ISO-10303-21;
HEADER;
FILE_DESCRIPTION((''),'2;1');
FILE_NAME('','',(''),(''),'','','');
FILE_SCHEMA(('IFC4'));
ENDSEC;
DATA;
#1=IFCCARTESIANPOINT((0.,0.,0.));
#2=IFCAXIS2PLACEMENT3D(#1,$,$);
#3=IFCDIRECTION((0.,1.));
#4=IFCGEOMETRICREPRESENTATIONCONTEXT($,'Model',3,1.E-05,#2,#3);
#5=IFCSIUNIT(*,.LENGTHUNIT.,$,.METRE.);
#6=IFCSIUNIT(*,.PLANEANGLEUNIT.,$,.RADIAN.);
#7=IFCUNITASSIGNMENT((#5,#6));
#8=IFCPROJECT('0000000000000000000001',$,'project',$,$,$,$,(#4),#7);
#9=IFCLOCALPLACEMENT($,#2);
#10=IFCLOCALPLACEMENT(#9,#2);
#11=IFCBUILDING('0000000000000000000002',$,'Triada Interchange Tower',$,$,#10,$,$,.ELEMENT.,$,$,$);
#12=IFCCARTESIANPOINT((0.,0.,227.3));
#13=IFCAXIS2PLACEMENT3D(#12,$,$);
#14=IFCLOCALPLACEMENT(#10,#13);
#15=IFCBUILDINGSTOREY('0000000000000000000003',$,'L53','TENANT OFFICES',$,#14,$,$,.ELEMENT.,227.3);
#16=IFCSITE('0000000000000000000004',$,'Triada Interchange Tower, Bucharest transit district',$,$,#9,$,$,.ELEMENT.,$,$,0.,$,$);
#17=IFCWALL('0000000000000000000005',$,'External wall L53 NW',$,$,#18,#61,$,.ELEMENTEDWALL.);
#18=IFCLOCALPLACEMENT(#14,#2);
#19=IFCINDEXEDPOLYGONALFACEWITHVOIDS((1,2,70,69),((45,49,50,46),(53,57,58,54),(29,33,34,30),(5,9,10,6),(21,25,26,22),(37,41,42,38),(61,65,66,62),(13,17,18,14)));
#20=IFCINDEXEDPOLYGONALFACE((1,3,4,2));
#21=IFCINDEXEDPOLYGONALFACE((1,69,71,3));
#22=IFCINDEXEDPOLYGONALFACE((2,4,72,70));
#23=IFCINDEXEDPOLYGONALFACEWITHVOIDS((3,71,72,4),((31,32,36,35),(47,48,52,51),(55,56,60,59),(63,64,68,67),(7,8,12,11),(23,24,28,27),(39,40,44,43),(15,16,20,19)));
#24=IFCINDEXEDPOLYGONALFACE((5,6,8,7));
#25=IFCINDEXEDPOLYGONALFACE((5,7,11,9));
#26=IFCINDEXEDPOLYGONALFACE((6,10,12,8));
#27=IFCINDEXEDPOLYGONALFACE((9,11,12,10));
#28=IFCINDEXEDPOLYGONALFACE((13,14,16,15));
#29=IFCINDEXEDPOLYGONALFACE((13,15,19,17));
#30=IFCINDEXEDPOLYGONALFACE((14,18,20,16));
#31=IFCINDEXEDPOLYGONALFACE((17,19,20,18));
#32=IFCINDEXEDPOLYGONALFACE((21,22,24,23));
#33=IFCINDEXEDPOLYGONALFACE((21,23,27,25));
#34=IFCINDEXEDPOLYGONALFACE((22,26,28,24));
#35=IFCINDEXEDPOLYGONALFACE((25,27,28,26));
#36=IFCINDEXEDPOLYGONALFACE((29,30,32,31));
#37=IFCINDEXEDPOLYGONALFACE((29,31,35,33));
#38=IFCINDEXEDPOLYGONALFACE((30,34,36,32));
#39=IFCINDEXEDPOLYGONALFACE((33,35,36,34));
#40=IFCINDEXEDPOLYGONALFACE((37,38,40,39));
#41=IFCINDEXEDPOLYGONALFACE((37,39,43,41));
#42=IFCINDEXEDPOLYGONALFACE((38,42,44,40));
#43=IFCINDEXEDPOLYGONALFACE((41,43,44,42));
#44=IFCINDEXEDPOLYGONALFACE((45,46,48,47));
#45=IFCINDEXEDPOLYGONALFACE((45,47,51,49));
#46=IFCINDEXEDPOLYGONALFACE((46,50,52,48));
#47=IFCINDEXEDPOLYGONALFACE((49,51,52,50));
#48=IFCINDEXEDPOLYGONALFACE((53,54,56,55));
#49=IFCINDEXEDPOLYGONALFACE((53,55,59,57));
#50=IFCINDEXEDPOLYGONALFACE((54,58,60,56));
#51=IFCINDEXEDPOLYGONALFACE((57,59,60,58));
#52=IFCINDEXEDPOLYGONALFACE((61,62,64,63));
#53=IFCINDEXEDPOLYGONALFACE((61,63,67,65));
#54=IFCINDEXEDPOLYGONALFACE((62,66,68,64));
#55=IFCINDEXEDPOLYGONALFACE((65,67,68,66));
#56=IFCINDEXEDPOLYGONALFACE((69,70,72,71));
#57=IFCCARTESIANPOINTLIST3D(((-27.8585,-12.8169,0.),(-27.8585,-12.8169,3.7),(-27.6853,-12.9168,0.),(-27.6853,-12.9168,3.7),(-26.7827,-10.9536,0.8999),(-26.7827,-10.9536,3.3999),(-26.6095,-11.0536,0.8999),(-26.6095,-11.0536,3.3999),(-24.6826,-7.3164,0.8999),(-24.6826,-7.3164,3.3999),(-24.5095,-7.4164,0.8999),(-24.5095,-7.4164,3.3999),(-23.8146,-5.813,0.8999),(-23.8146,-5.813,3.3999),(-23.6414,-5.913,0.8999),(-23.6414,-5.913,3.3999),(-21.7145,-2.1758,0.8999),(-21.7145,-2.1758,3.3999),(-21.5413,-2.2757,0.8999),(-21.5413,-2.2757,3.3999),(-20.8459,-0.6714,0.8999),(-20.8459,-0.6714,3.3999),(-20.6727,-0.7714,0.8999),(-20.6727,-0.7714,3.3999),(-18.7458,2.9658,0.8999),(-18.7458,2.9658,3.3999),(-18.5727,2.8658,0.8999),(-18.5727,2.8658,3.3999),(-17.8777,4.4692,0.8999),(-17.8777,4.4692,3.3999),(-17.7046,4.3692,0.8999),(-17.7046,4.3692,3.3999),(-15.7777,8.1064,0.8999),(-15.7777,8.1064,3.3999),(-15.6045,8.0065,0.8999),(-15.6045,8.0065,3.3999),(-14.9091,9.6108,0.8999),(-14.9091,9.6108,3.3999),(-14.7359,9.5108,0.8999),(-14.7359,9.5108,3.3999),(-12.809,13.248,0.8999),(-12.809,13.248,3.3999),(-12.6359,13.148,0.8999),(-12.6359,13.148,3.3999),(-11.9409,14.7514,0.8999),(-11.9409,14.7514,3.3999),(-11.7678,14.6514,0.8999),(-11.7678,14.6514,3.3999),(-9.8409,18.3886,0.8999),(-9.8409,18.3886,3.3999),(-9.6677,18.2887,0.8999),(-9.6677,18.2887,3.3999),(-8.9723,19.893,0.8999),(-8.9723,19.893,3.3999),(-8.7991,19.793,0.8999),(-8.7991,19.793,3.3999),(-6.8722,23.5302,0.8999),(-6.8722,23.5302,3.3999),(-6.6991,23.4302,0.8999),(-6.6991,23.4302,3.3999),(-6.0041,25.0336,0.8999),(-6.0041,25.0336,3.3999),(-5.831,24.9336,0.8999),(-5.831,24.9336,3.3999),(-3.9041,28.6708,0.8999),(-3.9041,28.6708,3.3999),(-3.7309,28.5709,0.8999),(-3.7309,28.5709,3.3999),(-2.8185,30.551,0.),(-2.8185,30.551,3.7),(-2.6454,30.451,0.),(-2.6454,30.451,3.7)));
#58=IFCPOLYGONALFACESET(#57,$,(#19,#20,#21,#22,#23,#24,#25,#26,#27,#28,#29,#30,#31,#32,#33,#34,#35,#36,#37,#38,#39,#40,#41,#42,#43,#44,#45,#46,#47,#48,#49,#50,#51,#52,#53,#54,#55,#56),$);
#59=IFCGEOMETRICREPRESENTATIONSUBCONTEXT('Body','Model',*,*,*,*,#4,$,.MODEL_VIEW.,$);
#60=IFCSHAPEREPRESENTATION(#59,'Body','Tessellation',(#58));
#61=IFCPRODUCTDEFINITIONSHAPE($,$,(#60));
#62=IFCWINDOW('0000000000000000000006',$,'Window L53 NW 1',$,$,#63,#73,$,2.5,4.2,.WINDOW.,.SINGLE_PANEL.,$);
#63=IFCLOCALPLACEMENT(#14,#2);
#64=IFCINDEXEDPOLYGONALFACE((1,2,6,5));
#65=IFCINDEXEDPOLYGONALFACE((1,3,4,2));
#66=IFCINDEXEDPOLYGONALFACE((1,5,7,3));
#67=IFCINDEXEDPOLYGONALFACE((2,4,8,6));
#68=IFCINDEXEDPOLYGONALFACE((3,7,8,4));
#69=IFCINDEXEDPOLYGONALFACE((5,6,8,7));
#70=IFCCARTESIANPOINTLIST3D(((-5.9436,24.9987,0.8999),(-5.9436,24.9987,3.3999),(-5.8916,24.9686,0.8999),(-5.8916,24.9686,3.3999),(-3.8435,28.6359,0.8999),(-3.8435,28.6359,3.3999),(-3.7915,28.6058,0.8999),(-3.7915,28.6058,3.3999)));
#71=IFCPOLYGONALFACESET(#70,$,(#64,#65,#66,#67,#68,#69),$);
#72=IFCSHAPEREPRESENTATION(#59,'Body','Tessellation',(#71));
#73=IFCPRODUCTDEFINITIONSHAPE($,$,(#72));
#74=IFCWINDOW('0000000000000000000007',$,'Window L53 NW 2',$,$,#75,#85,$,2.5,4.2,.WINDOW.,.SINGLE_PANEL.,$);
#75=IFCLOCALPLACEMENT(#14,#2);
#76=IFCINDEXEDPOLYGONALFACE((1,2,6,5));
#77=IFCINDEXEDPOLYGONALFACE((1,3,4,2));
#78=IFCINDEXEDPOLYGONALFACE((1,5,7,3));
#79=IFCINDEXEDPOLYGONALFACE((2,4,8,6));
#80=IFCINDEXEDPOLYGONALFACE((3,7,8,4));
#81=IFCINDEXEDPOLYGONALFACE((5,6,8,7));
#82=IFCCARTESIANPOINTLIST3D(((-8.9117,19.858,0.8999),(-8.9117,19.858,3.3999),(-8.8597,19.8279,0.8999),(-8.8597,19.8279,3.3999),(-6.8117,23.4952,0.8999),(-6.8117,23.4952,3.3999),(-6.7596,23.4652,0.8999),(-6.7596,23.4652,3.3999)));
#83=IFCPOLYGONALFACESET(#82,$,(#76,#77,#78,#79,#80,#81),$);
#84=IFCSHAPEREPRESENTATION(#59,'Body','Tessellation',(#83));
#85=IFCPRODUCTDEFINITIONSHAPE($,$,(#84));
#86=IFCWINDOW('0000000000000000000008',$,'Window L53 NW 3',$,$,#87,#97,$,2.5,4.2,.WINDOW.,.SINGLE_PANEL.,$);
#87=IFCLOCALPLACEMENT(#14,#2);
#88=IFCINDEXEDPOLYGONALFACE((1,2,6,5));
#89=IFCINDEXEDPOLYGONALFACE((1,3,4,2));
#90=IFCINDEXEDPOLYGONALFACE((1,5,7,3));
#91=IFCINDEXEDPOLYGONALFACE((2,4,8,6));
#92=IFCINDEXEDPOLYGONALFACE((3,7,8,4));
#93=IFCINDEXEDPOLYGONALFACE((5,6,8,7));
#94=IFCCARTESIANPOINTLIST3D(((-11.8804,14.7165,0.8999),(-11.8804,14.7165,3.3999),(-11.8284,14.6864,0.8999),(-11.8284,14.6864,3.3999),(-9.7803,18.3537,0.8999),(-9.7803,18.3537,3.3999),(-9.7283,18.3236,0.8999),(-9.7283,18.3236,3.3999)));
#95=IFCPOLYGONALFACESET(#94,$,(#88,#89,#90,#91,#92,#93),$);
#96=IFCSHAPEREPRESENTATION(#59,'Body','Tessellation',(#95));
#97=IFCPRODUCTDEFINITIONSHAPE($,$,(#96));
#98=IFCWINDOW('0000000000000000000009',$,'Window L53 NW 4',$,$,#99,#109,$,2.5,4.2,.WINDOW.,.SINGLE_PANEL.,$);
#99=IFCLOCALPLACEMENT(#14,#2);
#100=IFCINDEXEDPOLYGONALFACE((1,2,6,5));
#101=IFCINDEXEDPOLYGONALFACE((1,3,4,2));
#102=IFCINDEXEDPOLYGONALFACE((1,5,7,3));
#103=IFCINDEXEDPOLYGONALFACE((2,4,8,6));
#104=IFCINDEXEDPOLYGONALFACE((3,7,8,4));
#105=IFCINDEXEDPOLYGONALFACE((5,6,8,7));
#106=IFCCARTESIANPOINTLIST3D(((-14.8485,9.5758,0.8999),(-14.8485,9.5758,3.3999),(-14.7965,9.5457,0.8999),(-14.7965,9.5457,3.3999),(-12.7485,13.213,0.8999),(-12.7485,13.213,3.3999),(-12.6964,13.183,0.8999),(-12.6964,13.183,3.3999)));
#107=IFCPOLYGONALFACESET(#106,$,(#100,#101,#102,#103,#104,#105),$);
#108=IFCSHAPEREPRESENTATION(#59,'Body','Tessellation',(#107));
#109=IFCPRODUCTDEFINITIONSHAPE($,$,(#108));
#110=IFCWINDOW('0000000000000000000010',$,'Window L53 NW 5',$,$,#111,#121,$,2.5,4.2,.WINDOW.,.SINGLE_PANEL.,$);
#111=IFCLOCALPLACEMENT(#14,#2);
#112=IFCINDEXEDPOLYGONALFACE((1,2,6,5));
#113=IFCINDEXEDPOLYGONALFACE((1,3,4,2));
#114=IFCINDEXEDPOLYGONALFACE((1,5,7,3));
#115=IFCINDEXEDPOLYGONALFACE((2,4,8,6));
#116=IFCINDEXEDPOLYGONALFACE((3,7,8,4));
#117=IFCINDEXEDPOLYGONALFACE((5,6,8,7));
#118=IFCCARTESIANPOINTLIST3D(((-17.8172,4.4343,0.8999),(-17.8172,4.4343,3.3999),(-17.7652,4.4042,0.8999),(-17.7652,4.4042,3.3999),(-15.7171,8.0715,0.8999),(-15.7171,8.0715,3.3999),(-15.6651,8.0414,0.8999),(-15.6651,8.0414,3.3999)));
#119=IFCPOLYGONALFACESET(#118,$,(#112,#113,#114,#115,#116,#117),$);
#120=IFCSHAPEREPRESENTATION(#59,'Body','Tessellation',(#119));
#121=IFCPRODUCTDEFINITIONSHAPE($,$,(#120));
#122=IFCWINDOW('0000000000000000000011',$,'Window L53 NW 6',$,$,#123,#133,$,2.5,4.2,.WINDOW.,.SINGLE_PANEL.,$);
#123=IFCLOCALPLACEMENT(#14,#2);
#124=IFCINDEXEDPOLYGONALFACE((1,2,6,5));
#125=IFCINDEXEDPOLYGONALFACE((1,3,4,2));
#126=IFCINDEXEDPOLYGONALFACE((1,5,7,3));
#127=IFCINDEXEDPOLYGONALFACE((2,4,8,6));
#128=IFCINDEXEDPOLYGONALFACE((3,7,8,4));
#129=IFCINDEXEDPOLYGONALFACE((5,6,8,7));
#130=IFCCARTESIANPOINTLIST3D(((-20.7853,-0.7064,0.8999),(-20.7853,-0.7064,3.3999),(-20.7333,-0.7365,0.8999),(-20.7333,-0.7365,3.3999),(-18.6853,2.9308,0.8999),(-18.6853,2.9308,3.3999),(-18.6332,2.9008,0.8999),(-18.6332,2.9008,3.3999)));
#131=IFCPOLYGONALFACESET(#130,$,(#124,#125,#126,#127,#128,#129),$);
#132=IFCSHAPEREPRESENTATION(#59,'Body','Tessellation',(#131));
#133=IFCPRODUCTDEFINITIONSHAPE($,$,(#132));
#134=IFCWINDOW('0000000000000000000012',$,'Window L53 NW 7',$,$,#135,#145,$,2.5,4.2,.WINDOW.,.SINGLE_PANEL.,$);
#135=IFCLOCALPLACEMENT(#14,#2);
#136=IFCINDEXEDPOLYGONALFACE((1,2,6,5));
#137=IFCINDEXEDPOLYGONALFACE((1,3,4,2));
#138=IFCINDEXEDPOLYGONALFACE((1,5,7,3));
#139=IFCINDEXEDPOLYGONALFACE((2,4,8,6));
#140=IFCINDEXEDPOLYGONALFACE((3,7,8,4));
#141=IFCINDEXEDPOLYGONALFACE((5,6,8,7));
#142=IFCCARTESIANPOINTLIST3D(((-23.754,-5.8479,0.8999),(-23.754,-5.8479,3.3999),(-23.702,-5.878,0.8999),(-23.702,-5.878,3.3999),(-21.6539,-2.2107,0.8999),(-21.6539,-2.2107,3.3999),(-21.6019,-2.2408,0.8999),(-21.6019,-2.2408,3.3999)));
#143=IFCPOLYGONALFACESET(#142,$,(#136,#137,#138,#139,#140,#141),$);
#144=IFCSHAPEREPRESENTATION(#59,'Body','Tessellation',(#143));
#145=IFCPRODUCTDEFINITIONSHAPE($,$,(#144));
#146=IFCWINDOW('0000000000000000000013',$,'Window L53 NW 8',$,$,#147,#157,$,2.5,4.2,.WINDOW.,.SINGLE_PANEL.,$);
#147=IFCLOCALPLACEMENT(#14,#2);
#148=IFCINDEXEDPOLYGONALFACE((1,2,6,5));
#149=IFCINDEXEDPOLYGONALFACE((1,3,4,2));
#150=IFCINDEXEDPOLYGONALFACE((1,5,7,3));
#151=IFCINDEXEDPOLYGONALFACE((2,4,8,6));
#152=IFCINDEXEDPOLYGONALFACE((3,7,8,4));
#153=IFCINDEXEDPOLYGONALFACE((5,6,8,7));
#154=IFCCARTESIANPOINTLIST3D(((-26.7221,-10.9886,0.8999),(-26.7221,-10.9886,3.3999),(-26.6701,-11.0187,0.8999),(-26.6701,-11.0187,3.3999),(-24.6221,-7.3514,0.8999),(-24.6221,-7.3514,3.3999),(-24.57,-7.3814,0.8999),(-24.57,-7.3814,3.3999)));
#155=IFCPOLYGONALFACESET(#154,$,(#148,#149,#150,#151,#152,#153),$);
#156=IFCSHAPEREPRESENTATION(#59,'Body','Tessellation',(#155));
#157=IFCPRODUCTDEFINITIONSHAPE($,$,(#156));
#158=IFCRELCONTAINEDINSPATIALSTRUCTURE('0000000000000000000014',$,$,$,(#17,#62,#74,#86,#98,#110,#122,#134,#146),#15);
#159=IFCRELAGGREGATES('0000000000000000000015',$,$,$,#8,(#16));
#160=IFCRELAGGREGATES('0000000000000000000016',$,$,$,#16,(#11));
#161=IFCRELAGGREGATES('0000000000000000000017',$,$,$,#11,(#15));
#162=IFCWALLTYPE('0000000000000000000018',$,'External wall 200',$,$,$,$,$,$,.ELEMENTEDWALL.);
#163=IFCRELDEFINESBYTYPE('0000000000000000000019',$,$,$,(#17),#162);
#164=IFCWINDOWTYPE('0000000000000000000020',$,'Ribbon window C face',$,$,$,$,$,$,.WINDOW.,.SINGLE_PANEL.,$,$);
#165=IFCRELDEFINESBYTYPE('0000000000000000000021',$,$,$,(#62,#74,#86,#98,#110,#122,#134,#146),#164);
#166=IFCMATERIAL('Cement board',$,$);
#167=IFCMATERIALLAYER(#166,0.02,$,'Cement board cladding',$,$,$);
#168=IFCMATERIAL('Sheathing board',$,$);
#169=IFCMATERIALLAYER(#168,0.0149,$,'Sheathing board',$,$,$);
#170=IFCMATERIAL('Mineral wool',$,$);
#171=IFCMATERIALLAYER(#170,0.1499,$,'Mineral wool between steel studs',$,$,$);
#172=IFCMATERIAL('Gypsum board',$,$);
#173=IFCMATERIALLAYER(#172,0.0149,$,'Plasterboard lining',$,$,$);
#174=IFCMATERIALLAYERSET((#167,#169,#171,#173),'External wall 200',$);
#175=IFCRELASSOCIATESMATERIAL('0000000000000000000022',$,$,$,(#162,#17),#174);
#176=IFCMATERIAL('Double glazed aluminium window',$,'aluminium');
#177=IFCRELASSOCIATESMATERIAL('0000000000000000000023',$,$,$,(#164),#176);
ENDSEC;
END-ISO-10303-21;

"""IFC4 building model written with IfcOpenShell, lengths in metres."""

from ifc_helpers import new_model, si_unit, direction, frame, frame_2d, origin, place, context, subcontext, project, spatial, rectangle, extrude, material, layer, layer_set, layer_usage, type_object, element, fill, save


model = new_model("IFC4")

# Units and contexts
model_context = context("Model", 3, precision=1e-05, world=origin(), true_north=direction((0.0, 1.0)))
body_context = subcontext(model_context, "Body", "Model", "MODEL_VIEW")
ifc_project = project(units=[si_unit("LENGTHUNIT", "METRE"), si_unit("PLANEANGLEUNIT", "RADIAN")], contexts=[model_context])

# Site, building, storey
site_placement = place(None, origin())
site = spatial("IfcSite", under=ifc_project, at=site_placement, Name="Triada Interchange Tower, Bucharest transit district", CompositionType="ELEMENT", RefElevation=0.0)
building_placement = place(site_placement, origin())
building = spatial("IfcBuilding", under=site, at=building_placement, Name="Triada Interchange Tower", CompositionType="ELEMENT")
storey_placement = place(building_placement, frame((0.0, 0.0, 227.3)))
storey = spatial("IfcBuildingStorey", under=building, at=storey_placement, Name="L53", Description="TENANT OFFICES", CompositionType="ELEMENT", Elevation=227.3)

# Wall, openings, windows
ifc_material_1 = material(Name="Cement board")
ifc_layer_1 = layer(ifc_material_1, 0.02, Name="Cement board cladding")
ifc_material_2 = material(Name="Sheathing board")
ifc_layer_2 = layer(ifc_material_2, 0.0149, Name="Sheathing board")
ifc_material_3 = material(Name="Mineral wool")
ifc_layer_3 = layer(ifc_material_3, 0.1499, Name="Mineral wool between steel studs")
ifc_material_4 = material(Name="Gypsum board")
ifc_layer_4 = layer(ifc_material_4, 0.0149, Name="Plasterboard lining")
ifc_layer_set_1 = layer_set([ifc_layer_1, ifc_layer_2, ifc_layer_3, ifc_layer_4], Name="External wall 200")
ifc_layer_usage = layer_usage(ifc_layer_set_1, "AXIS2", "POSITIVE", -0.1001)
wall_type = type_object("IfcWallType", Name="External wall 200", PredefinedType="ELEMENTEDWALL", material=ifc_layer_set_1)
wall_placement = place(storey_placement, frame((-2.7319, 30.501, 0.0), z_axis=(0.0, 0.0, 1.0), x_axis=(-0.500023, -0.866012, 0.0)))
wall = element("IfcWall", 1, at=wall_placement, inside=storey, type_object=wall_type, material=ifc_layer_usage, Name="External wall L53 NW", PredefinedType="ELEMENTEDWALL", context=body_context, shape_type="SweptSolid", body=[
    extrude(rectangle(XDim=50.0776, YDim=0.2, at=frame_2d((25.0388, 0.0))), origin(), (0.0, 0.0, 1.0), 3.7),
])
opening_1_placement = place(wall_placement, frame((2.1709, 0.0, 0.8999)))
opening_1 = element("IfcOpeningElement", 2, at=opening_1_placement, cuts=wall, PredefinedType="OPENING", context=body_context, shape_type="SweptSolid", body=[
    extrude(rectangle(XDim=4.2, YDim=2.5, at=frame_2d((2.1001, 1.25))), frame((0.0, 0.1099, 0.0), z_axis=(0.0, -1.0, 0.0), x_axis=(1.0, 0.0, 0.0)), (0.0, 0.0, 1.0), 0.22),
])
opening_2_placement = place(wall_placement, frame((8.1069, 0.0, 0.8999)))
opening_2 = element("IfcOpeningElement", 3, at=opening_2_placement, cuts=wall, PredefinedType="OPENING", context=body_context, shape_type="SweptSolid", body=[
    extrude(rectangle(XDim=4.2, YDim=2.5, at=frame_2d((2.1001, 1.25))), frame((0.0, 0.1099, 0.0), z_axis=(0.0, -1.0, 0.0), x_axis=(1.0, 0.0, 0.0)), (0.0, 0.0, 1.0), 0.22),
])
opening_3_placement = place(wall_placement, frame((14.0439, 0.0, 0.8999)))
opening_3 = element("IfcOpeningElement", 4, at=opening_3_placement, cuts=wall, PredefinedType="OPENING", context=body_context, shape_type="SweptSolid", body=[
    extrude(rectangle(XDim=4.2, YDim=2.5, at=frame_2d((2.1001, 1.25))), frame((0.0, 0.1099, 0.0), z_axis=(0.0, -1.0, 0.0), x_axis=(1.0, 0.0, 0.0)), (0.0, 0.0, 1.0), 0.22),
])
opening_4_placement = place(wall_placement, frame((19.98, 0.0, 0.8999)))
opening_4 = element("IfcOpeningElement", 5, at=opening_4_placement, cuts=wall, PredefinedType="OPENING", context=body_context, shape_type="SweptSolid", body=[
    extrude(rectangle(XDim=4.2, YDim=2.5, at=frame_2d((2.1001, 1.25))), frame((0.0, 0.1099, 0.0), z_axis=(0.0, -1.0, 0.0), x_axis=(1.0, 0.0, 0.0)), (0.0, 0.0, 1.0), 0.22),
])
opening_5_placement = place(wall_placement, frame((25.917, 0.0, 0.8999)))
opening_5 = element("IfcOpeningElement", 6, at=opening_5_placement, cuts=wall, PredefinedType="OPENING", context=body_context, shape_type="SweptSolid", body=[
    extrude(rectangle(XDim=4.2, YDim=2.5, at=frame_2d((2.1001, 1.25))), frame((0.0, 0.1099, 0.0), z_axis=(0.0, -1.0, 0.0), x_axis=(1.0, 0.0, 0.0)), (0.0, 0.0, 1.0), 0.22),
])
opening_6_placement = place(wall_placement, frame((31.853, 0.0, 0.8999)))
opening_6 = element("IfcOpeningElement", 7, at=opening_6_placement, cuts=wall, PredefinedType="OPENING", context=body_context, shape_type="SweptSolid", body=[
    extrude(rectangle(XDim=4.2, YDim=2.5, at=frame_2d((2.1001, 1.25))), frame((0.0, 0.1099, 0.0), z_axis=(0.0, -1.0, 0.0), x_axis=(1.0, 0.0, 0.0)), (0.0, 0.0, 1.0), 0.22),
])
opening_7_placement = place(wall_placement, frame((37.79, 0.0, 0.8999)))
opening_7 = element("IfcOpeningElement", 8, at=opening_7_placement, cuts=wall, PredefinedType="OPENING", context=body_context, shape_type="SweptSolid", body=[
    extrude(rectangle(XDim=4.2, YDim=2.5, at=frame_2d((2.1001, 1.25))), frame((0.0, 0.1099, 0.0), z_axis=(0.0, -1.0, 0.0), x_axis=(1.0, 0.0, 0.0)), (0.0, 0.0, 1.0), 0.22),
])
opening_8_placement = place(wall_placement, frame((43.7261, 0.0, 0.8999)))
opening_8 = element("IfcOpeningElement", 9, at=opening_8_placement, cuts=wall, PredefinedType="OPENING", context=body_context, shape_type="SweptSolid", body=[
    extrude(rectangle(XDim=4.2, YDim=2.5, at=frame_2d((2.1001, 1.25))), frame((0.0, 0.1099, 0.0), z_axis=(0.0, -1.0, 0.0), x_axis=(1.0, 0.0, 0.0)), (0.0, 0.0, 1.0), 0.22),
])
ifc_material_5 = material(Name="Double glazed aluminium window", Category="aluminium")
window_type = type_object("IfcWindowType", Name="Ribbon window C face", PartitioningType="SINGLE_PANEL", PredefinedType="WINDOW", material=ifc_material_5)
window_1_placement = place(opening_1_placement, origin())
window_1 = element("IfcWindow", 10, at=window_1_placement, inside=storey, type_object=window_type, Name="Window L53 NW 1", OverallHeight=2.5, OverallWidth=4.2, PartitioningType="SINGLE_PANEL", PredefinedType="WINDOW", context=body_context, shape_type="SweptSolid", body=[
    extrude(rectangle(XDim=4.2, YDim=2.5, at=frame_2d((2.1001, 1.25))), frame((0.0, 0.03, 0.0), z_axis=(0.0, -1.0, 0.0), x_axis=(1.0, 0.0, 0.0)), (0.0, 0.0, 1.0), 0.0601),
])
fill(opening_1, window_1)
window_2_placement = place(opening_2_placement, origin())
window_2 = element("IfcWindow", 11, at=window_2_placement, inside=storey, type_object=window_type, Name="Window L53 NW 2", OverallHeight=2.5, OverallWidth=4.2, PartitioningType="SINGLE_PANEL", PredefinedType="WINDOW", context=body_context, shape_type="SweptSolid", body=[
    extrude(rectangle(XDim=4.2, YDim=2.5, at=frame_2d((2.1001, 1.25))), frame((0.0, 0.03, 0.0), z_axis=(0.0, -1.0, 0.0), x_axis=(1.0, 0.0, 0.0)), (0.0, 0.0, 1.0), 0.0601),
])
fill(opening_2, window_2)
window_3_placement = place(opening_3_placement, origin())
window_3 = element("IfcWindow", 12, at=window_3_placement, inside=storey, type_object=window_type, Name="Window L53 NW 3", OverallHeight=2.5, OverallWidth=4.2, PartitioningType="SINGLE_PANEL", PredefinedType="WINDOW", context=body_context, shape_type="SweptSolid", body=[
    extrude(rectangle(XDim=4.2, YDim=2.5, at=frame_2d((2.1001, 1.25))), frame((0.0, 0.03, 0.0), z_axis=(0.0, -1.0, 0.0), x_axis=(1.0, 0.0, 0.0)), (0.0, 0.0, 1.0), 0.0601),
])
fill(opening_3, window_3)
window_4_placement = place(opening_4_placement, origin())
window_4 = element("IfcWindow", 13, at=window_4_placement, inside=storey, type_object=window_type, Name="Window L53 NW 4", OverallHeight=2.5, OverallWidth=4.2, PartitioningType="SINGLE_PANEL", PredefinedType="WINDOW", context=body_context, shape_type="SweptSolid", body=[
    extrude(rectangle(XDim=4.2, YDim=2.5, at=frame_2d((2.1001, 1.25))), frame((0.0, 0.03, 0.0), z_axis=(0.0, -1.0, 0.0), x_axis=(1.0, 0.0, 0.0)), (0.0, 0.0, 1.0), 0.0601),
])
fill(opening_4, window_4)
window_5_placement = place(opening_5_placement, origin())
window_5 = element("IfcWindow", 14, at=window_5_placement, inside=storey, type_object=window_type, Name="Window L53 NW 5", OverallHeight=2.5, OverallWidth=4.2, PartitioningType="SINGLE_PANEL", PredefinedType="WINDOW", context=body_context, shape_type="SweptSolid", body=[
    extrude(rectangle(XDim=4.2, YDim=2.5, at=frame_2d((2.1001, 1.25))), frame((0.0, 0.03, 0.0), z_axis=(0.0, -1.0, 0.0), x_axis=(1.0, 0.0, 0.0)), (0.0, 0.0, 1.0), 0.0601),
])
fill(opening_5, window_5)
window_6_placement = place(opening_6_placement, origin())
window_6 = element("IfcWindow", 15, at=window_6_placement, inside=storey, type_object=window_type, Name="Window L53 NW 6", OverallHeight=2.5, OverallWidth=4.2, PartitioningType="SINGLE_PANEL", PredefinedType="WINDOW", context=body_context, shape_type="SweptSolid", body=[
    extrude(rectangle(XDim=4.2, YDim=2.5, at=frame_2d((2.1001, 1.25))), frame((0.0, 0.03, 0.0), z_axis=(0.0, -1.0, 0.0), x_axis=(1.0, 0.0, 0.0)), (0.0, 0.0, 1.0), 0.0601),
])
fill(opening_6, window_6)
window_7_placement = place(opening_7_placement, origin())
window_7 = element("IfcWindow", 16, at=window_7_placement, inside=storey, type_object=window_type, Name="Window L53 NW 7", OverallHeight=2.5, OverallWidth=4.2, PartitioningType="SINGLE_PANEL", PredefinedType="WINDOW", context=body_context, shape_type="SweptSolid", body=[
    extrude(rectangle(XDim=4.2, YDim=2.5, at=frame_2d((2.1001, 1.25))), frame((0.0, 0.03, 0.0), z_axis=(0.0, -1.0, 0.0), x_axis=(1.0, 0.0, 0.0)), (0.0, 0.0, 1.0), 0.0601),
])
fill(opening_7, window_7)
window_8_placement = place(opening_8_placement, origin())
window_8 = element("IfcWindow", 17, at=window_8_placement, inside=storey, type_object=window_type, Name="Window L53 NW 8", OverallHeight=2.5, OverallWidth=4.2, PartitioningType="SINGLE_PANEL", PredefinedType="WINDOW", context=body_context, shape_type="SweptSolid", body=[
    extrude(rectangle(XDim=4.2, YDim=2.5, at=frame_2d((2.1001, 1.25))), frame((0.0, 0.03, 0.0), z_axis=(0.0, -1.0, 0.0), x_axis=(1.0, 0.0, 0.0)), (0.0, 0.0, 1.0), 0.0601),
])
fill(opening_8, window_8)

save(model, "model.ifc")
